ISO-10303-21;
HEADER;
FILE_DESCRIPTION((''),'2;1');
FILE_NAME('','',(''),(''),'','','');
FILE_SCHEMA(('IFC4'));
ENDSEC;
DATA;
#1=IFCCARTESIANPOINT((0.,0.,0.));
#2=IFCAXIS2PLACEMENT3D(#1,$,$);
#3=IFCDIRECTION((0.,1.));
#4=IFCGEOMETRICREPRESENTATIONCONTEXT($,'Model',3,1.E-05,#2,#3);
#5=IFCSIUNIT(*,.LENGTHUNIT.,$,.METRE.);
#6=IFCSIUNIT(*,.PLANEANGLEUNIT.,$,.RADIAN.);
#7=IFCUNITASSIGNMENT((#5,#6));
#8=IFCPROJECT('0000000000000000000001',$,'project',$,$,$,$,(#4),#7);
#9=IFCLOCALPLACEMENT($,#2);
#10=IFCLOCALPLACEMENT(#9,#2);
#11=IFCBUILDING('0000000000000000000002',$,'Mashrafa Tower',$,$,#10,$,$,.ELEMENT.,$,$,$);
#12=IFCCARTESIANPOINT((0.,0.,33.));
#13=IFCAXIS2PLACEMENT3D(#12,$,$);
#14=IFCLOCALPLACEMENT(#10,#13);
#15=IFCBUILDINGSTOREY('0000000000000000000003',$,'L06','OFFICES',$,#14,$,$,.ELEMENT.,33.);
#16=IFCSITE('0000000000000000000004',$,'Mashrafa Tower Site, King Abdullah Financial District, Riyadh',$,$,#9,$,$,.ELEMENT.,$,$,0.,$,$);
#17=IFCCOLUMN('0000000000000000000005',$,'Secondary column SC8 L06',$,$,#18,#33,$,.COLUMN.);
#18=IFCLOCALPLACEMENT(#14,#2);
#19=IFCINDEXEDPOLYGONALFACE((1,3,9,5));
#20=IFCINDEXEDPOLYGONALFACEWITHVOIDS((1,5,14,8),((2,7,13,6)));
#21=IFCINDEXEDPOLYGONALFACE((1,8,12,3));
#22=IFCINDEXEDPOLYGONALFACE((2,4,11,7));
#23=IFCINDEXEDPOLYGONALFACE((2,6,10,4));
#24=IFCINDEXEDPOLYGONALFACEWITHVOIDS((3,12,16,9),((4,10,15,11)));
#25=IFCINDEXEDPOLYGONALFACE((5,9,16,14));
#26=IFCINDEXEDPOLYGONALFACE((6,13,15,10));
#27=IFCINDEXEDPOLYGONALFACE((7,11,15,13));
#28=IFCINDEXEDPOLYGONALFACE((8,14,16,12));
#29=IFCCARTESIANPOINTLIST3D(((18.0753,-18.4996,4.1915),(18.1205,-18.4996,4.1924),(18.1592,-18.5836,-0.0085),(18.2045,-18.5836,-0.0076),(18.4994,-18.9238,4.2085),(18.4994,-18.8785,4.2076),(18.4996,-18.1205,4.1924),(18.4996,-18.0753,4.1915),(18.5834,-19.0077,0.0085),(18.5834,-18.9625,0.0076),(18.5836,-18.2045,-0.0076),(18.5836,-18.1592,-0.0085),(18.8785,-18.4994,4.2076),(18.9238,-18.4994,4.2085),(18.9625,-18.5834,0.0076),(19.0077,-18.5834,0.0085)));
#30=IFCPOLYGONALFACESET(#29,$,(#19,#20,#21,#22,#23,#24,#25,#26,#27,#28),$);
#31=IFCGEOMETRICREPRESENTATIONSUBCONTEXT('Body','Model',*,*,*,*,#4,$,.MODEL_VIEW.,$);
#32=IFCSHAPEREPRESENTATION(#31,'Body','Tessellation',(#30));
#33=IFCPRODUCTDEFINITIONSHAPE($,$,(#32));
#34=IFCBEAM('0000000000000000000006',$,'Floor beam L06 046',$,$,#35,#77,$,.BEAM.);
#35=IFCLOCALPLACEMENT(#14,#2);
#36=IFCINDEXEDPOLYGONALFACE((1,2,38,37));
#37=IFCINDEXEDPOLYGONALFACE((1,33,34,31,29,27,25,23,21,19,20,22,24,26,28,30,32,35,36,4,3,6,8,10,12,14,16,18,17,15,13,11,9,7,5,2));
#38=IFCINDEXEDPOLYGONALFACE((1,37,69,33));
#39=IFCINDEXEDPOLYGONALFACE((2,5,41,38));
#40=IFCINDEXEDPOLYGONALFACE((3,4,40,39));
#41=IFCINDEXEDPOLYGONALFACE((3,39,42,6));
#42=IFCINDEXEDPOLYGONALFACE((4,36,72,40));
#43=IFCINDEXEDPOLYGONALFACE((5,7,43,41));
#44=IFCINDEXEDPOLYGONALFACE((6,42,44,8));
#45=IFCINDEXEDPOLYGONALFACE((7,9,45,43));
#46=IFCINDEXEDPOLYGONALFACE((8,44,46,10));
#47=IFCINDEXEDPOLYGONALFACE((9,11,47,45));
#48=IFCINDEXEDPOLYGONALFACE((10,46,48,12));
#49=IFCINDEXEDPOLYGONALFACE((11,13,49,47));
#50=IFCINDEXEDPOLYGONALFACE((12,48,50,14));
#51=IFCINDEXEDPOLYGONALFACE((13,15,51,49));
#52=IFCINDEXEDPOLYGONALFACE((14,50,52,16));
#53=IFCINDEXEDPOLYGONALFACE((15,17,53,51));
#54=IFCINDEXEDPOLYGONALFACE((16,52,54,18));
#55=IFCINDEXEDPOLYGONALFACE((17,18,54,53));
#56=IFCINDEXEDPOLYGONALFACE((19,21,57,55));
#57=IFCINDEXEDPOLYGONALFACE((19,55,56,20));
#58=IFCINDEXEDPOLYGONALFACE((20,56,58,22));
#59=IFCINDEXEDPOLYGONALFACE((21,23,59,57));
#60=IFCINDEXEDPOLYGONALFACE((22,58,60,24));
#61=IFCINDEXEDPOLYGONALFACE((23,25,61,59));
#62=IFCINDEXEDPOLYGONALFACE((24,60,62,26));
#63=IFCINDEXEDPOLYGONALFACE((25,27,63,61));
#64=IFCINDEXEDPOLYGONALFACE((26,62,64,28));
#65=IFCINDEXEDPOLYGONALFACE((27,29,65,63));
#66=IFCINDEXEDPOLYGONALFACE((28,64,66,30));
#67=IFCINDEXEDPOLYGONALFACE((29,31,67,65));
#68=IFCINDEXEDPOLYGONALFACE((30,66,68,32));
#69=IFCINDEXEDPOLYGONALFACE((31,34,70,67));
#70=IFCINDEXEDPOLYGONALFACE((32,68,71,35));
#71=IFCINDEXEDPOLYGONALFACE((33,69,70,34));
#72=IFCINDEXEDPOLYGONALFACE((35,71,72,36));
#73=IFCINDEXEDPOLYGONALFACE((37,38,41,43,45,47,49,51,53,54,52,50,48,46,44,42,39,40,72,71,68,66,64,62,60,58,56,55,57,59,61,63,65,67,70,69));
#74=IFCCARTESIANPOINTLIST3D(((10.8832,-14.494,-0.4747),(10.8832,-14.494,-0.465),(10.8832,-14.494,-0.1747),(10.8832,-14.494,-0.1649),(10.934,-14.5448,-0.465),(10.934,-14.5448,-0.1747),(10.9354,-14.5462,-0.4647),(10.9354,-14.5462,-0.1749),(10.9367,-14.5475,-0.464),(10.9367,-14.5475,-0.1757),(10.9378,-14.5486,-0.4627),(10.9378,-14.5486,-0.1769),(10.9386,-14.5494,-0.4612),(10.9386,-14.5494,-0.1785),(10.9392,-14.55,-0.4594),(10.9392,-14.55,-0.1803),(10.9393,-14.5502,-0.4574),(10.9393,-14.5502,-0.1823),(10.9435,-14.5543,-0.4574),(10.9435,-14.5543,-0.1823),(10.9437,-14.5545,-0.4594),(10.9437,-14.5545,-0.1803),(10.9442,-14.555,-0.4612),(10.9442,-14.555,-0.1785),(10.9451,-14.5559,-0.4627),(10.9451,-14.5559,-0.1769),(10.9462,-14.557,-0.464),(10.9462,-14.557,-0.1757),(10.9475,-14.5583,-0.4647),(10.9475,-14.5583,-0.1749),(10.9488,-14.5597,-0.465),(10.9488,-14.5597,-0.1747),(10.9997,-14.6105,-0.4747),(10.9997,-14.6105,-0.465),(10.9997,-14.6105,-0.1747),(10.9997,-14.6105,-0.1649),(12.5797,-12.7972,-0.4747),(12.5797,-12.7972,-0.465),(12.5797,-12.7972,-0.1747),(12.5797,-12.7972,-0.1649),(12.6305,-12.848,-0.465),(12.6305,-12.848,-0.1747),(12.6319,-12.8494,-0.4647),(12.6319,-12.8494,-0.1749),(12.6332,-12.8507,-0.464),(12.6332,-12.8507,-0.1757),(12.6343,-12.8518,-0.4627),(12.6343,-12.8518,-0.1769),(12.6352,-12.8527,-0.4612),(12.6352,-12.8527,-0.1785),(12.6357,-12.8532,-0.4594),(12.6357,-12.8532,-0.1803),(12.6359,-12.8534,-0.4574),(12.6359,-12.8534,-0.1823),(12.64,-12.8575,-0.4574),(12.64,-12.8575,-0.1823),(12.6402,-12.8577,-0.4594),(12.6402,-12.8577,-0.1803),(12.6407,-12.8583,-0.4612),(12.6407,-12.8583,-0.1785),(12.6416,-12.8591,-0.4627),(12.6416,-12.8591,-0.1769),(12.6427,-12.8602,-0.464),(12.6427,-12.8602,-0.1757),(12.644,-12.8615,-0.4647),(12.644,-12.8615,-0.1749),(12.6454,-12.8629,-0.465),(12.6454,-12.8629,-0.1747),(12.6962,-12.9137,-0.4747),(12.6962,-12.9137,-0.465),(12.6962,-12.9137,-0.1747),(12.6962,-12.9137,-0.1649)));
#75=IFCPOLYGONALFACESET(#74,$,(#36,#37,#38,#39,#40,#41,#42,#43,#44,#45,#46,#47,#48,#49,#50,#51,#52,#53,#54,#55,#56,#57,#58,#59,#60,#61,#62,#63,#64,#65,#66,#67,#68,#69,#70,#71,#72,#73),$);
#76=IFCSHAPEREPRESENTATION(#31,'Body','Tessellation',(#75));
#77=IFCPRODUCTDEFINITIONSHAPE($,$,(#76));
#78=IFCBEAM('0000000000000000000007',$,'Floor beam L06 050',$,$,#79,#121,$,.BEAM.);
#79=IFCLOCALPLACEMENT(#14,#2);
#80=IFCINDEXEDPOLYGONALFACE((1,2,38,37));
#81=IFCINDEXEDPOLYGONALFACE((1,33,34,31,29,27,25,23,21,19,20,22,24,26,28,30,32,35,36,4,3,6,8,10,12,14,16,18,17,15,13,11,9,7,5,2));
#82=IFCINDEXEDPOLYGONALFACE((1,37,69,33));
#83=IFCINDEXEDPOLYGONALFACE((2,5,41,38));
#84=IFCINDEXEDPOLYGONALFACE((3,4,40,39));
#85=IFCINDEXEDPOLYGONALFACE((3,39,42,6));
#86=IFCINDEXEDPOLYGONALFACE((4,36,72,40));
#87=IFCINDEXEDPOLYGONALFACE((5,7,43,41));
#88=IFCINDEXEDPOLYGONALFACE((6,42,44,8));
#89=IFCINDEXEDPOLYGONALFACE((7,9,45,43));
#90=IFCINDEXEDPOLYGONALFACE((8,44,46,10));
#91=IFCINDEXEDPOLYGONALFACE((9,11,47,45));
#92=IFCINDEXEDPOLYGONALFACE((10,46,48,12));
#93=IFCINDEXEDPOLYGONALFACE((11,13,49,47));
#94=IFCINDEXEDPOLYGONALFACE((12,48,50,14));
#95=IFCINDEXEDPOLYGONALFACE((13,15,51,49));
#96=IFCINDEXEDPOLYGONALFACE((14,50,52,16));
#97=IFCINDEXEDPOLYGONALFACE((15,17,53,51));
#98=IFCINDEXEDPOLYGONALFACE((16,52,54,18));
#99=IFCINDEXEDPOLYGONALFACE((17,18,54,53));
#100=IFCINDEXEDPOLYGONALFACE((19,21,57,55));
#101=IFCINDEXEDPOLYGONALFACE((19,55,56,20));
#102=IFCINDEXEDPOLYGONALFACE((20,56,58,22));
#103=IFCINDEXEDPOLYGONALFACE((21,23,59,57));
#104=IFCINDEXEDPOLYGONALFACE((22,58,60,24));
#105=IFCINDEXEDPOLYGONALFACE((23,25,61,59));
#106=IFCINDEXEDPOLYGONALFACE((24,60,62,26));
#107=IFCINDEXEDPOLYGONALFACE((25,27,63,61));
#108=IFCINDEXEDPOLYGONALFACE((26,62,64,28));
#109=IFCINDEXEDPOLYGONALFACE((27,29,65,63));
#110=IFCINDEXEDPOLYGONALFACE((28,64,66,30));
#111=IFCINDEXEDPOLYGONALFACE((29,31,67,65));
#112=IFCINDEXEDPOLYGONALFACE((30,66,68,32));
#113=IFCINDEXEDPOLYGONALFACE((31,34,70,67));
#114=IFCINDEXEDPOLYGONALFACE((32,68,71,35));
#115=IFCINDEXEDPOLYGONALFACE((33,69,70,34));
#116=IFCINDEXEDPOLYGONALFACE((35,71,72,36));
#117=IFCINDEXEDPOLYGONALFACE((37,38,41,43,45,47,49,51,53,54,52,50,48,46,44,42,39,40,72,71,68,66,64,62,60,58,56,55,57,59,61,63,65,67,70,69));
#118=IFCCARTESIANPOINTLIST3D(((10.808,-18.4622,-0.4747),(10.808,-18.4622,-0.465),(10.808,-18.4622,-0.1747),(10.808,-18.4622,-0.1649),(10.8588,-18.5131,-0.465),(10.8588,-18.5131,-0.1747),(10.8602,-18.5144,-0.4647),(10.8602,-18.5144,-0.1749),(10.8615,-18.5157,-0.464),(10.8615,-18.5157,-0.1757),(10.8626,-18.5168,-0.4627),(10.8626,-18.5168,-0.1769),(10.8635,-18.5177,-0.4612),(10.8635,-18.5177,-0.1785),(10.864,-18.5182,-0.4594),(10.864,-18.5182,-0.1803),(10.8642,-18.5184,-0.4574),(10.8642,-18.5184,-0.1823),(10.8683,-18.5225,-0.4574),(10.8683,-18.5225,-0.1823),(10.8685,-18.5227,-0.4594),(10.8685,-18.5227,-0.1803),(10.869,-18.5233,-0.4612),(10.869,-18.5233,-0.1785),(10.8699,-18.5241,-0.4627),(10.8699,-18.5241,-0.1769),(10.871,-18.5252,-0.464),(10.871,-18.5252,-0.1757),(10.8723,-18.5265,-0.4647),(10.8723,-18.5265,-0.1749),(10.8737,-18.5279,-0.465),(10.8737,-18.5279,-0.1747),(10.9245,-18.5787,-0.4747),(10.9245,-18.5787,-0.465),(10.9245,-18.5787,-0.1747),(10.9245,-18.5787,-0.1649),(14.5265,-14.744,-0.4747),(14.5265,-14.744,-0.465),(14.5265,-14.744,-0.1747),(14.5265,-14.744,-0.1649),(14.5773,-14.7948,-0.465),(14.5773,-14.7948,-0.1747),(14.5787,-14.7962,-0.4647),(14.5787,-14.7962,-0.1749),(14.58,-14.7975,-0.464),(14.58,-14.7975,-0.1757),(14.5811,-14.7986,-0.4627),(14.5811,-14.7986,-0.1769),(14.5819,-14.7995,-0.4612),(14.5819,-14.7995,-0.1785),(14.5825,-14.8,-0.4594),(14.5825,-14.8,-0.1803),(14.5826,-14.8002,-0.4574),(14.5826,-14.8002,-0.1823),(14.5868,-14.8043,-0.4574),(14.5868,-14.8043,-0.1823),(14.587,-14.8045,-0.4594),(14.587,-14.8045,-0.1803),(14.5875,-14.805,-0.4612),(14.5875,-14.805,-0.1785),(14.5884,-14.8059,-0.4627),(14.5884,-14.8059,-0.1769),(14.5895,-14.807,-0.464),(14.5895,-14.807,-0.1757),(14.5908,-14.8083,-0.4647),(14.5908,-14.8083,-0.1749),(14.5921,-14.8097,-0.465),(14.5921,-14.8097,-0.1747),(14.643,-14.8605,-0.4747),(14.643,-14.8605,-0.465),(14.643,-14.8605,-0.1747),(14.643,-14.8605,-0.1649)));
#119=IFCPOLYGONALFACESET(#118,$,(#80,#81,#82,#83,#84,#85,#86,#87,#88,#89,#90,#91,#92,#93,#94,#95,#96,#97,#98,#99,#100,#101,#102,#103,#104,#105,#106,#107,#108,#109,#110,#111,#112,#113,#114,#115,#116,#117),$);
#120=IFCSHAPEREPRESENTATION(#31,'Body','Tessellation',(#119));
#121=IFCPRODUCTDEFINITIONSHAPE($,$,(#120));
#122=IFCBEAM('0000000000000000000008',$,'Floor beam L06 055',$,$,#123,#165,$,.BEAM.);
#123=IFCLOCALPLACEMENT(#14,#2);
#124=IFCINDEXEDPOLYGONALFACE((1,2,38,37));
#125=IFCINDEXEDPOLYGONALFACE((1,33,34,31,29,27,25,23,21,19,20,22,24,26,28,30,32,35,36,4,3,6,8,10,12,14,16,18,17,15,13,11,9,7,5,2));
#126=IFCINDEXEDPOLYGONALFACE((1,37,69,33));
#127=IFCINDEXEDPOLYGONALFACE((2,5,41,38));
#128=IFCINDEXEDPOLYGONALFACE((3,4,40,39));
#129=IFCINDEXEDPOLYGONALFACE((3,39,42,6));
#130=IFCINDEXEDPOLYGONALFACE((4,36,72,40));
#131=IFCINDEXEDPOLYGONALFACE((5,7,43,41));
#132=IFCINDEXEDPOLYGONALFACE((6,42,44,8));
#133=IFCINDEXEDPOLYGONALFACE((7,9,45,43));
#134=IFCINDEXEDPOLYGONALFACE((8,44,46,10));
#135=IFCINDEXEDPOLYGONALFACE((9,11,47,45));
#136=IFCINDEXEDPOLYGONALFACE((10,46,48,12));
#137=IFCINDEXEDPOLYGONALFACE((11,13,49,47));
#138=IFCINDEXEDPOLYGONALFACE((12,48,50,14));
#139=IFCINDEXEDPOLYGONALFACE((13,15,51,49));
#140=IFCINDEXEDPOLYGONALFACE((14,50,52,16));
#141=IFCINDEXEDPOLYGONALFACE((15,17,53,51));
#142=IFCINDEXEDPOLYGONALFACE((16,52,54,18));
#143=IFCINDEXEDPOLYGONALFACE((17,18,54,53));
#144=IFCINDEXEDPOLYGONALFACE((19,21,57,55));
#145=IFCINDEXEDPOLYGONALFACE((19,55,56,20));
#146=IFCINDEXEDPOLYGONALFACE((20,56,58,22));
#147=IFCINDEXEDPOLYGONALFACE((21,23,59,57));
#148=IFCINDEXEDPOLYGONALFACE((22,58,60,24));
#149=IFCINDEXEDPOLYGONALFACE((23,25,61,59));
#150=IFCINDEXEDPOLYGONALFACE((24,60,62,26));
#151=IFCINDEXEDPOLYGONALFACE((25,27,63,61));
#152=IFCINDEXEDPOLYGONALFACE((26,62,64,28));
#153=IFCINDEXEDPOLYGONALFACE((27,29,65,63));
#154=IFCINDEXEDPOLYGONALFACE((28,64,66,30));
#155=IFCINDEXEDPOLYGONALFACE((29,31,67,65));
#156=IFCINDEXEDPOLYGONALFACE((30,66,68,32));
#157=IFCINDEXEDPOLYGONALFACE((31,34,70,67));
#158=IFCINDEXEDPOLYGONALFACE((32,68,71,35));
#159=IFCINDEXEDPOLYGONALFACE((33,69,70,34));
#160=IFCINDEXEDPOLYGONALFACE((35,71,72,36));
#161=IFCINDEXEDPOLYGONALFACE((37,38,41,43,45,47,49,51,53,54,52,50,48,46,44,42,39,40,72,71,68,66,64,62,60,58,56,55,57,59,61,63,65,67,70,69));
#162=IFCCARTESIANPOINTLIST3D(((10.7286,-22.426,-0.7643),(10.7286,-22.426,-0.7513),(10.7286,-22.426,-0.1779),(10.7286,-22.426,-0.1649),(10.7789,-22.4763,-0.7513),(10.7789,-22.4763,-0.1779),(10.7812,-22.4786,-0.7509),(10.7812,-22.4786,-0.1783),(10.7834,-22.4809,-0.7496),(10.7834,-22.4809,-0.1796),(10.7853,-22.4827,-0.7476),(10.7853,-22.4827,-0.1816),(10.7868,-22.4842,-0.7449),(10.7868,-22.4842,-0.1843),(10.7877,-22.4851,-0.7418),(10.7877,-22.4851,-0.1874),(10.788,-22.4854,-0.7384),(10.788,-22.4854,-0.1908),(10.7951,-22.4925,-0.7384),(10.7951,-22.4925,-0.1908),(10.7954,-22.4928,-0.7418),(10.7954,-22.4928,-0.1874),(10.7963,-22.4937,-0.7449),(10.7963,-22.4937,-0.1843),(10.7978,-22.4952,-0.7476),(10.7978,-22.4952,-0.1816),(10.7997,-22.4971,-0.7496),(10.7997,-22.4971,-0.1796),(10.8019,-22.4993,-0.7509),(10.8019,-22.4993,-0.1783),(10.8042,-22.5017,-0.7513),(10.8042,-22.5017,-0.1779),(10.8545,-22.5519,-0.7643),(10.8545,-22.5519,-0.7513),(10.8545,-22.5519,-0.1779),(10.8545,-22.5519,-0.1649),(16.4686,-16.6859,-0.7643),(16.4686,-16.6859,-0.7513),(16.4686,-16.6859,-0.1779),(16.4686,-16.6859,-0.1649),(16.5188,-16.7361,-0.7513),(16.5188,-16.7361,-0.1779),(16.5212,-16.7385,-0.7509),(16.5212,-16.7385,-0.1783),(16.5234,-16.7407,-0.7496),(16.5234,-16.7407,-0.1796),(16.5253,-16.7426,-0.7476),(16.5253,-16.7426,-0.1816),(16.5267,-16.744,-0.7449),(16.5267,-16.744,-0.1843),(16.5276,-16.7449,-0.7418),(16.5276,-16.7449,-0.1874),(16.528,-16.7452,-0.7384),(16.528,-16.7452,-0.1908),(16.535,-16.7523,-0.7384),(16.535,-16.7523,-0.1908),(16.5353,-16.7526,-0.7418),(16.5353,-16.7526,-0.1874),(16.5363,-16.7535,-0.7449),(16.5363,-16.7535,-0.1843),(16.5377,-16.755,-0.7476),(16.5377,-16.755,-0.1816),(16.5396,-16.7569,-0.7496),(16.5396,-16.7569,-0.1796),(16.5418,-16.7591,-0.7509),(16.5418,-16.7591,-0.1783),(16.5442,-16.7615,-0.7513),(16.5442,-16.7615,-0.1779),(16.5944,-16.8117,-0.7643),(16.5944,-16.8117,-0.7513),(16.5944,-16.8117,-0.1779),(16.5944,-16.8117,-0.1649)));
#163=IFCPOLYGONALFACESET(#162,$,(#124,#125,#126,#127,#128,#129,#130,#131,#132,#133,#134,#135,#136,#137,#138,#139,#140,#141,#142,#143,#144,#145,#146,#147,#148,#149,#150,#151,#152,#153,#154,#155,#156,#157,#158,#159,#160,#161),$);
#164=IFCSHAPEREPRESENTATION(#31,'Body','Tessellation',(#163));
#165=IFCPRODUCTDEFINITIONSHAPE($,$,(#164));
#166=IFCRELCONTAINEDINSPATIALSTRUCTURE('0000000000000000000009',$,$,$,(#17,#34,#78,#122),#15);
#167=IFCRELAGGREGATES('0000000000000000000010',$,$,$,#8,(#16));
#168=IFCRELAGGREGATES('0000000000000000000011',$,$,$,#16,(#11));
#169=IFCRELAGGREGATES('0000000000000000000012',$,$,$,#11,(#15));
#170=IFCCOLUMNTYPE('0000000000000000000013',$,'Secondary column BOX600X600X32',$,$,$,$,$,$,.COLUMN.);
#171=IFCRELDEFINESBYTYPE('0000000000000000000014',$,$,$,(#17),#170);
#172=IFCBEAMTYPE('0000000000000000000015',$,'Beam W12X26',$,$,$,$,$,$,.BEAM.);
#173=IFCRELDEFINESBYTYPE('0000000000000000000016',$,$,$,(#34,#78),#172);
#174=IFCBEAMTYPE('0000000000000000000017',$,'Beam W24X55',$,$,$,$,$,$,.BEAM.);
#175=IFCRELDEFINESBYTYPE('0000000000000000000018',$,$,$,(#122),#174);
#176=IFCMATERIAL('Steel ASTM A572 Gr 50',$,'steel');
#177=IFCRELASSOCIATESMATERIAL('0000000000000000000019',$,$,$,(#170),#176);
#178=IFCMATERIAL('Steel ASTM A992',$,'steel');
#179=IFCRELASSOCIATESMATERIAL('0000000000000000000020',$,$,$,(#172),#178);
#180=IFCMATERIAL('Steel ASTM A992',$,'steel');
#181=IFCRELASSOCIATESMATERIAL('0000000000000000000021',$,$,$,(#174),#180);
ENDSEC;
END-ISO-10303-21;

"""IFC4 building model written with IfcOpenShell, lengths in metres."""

from ifc_helpers import new_model, si_unit, direction, frame, origin, origin_2d, place, context, subcontext, project, spatial, hollow_rectangle, i_section, extrude, material, material_profile, profile_set, type_object, element, save


model = new_model("IFC4")

# Units and contexts
model_context = context("Model", 3, precision=1e-05, world=origin(), true_north=direction((0.0, 1.0)))
body_context = subcontext(model_context, "Body", "Model", "MODEL_VIEW")
ifc_project = project(units=[si_unit("LENGTHUNIT", "METRE"), si_unit("PLANEANGLEUNIT", "RADIAN")], contexts=[model_context])

# Site, building, storey
site_placement = place(None, origin())
site = spatial("IfcSite", under=ifc_project, at=site_placement, Name="Mashrafa Tower Site, King Abdullah Financial District, Riyadh", CompositionType="ELEMENT", RefElevation=0.0)
building_placement = place(site_placement, origin())
building = spatial("IfcBuilding", under=site, at=building_placement, Name="Mashrafa Tower", CompositionType="ELEMENT")
storey_placement = place(building_placement, frame((0.0, 0.0, 33.0)))
storey = spatial("IfcBuildingStorey", under=building, at=storey_placement, Name="L06", Description="OFFICES", CompositionType="ELEMENT", Elevation=33.0)

# Column
ifc_material_1 = material(Name="Steel ASTM A572 Gr 50", Category="steel")
ifc_material_profile_1 = material_profile(ifc_material_1, hollow_rectangle(XDim=0.6001, YDim=0.6001, WallThickness=0.032, at=origin_2d()), Name="BOX600X600X32")
ifc_profile_set_1 = profile_set([ifc_material_profile_1], Name="Steel ASTM A572 Gr 50")
column_type = type_object("IfcColumnType", Name="Secondary column BOX600X600X32", PredefinedType="COLUMN", material=ifc_profile_set_1)
column_placement = place(storey_placement, frame((18.5835, -18.5835, 0.0), z_axis=(-0.019989, 0.019989, 0.9996), x_axis=(-0.707107, -0.707107, 0.0)))
element("IfcColumn", 1, at=column_placement, inside=storey, type_object=column_type, Name="Secondary column SC8 L06", PredefinedType="COLUMN", context=body_context, shape_type="SweptSolid", body=[
    extrude(hollow_rectangle(XDim=0.6001, YDim=0.6001, WallThickness=0.032, at=origin_2d()), origin(), (0.0, 0.0, 1.0), 4.2017),
])

# Beams
ifc_material_2 = material(Name="Steel ASTM A992", Category="steel")
ifc_material_profile_2 = material_profile(ifc_material_2, i_section(OverallWidth=0.1648, OverallDepth=0.3098, WebThickness=0.0059, FlangeThickness=0.0098, FilletRadius=0.0076, at=origin_2d()), Name="W12X26")
ifc_profile_set_2 = profile_set([ifc_material_profile_2], Name="Steel ASTM A992")
beam_type_1 = type_object("IfcBeamType", Name="Beam W12X26", PredefinedType="BEAM", material=ifc_profile_set_2)
beam_1_placement = place(storey_placement, frame((12.6379, -12.8555, -0.3198), z_axis=(-0.707056, -0.707158, 0.0), x_axis=(0.707158, -0.707056, 0.0)))
element("IfcBeam", 2, at=beam_1_placement, inside=storey, type_object=beam_type_1, Name="Floor beam L06 046", PredefinedType="BEAM", context=body_context, shape_type="SweptSolid", body=[
    extrude(i_section(OverallWidth=0.1648, OverallDepth=0.3098, WebThickness=0.0059, FlangeThickness=0.0098, FilletRadius=0.0076, at=origin_2d()), origin(), (0.0, 0.0, 1.0), 2.3994),
])
beam_2_placement = place(storey_placement, frame((14.5847, -14.8022, -0.3198), z_axis=(-0.70713, -0.707084, 0.0), x_axis=(0.707084, -0.70713, 0.0)))
element("IfcBeam", 3, at=beam_2_placement, inside=storey, type_object=beam_type_1, Name="Floor beam L06 050", PredefinedType="BEAM", context=body_context, shape_type="SweptSolid", body=[
    extrude(i_section(OverallWidth=0.1648, OverallDepth=0.3098, WebThickness=0.0059, FlangeThickness=0.0098, FilletRadius=0.0076, at=origin_2d()), origin(), (0.0, 0.0, 1.0), 5.2585),
])
ifc_material_3 = material(Name="Steel ASTM A992", Category="steel")
ifc_material_profile_3 = material_profile(ifc_material_3, i_section(OverallWidth=0.178, OverallDepth=0.5994, WebThickness=0.01, FlangeThickness=0.0129, FilletRadius=0.0129, at=origin_2d()), Name="W24X55")
ifc_profile_set_3 = profile_set([ifc_material_profile_3], Name="Steel ASTM A992")
beam_type_2 = type_object("IfcBeamType", Name="Beam W24X55", PredefinedType="BEAM", material=ifc_profile_set_3)
beam_3_placement = place(storey_placement, frame((16.5315, -16.7488, -0.4646), z_axis=(-0.707092, -0.707122, 0.0), x_axis=(0.707122, -0.707092, 0.0)))
element("IfcBeam", 4, at=beam_3_placement, inside=storey, type_object=beam_type_2, Name="Floor beam L06 055", PredefinedType="BEAM", context=body_context, shape_type="SweptSolid", body=[
    extrude(i_section(OverallWidth=0.178, OverallDepth=0.5994, WebThickness=0.01, FlangeThickness=0.0129, FilletRadius=0.0129, at=origin_2d()), origin(), (0.0, 0.0, 1.0), 8.1177),
])

save(model, "model.ifc")
